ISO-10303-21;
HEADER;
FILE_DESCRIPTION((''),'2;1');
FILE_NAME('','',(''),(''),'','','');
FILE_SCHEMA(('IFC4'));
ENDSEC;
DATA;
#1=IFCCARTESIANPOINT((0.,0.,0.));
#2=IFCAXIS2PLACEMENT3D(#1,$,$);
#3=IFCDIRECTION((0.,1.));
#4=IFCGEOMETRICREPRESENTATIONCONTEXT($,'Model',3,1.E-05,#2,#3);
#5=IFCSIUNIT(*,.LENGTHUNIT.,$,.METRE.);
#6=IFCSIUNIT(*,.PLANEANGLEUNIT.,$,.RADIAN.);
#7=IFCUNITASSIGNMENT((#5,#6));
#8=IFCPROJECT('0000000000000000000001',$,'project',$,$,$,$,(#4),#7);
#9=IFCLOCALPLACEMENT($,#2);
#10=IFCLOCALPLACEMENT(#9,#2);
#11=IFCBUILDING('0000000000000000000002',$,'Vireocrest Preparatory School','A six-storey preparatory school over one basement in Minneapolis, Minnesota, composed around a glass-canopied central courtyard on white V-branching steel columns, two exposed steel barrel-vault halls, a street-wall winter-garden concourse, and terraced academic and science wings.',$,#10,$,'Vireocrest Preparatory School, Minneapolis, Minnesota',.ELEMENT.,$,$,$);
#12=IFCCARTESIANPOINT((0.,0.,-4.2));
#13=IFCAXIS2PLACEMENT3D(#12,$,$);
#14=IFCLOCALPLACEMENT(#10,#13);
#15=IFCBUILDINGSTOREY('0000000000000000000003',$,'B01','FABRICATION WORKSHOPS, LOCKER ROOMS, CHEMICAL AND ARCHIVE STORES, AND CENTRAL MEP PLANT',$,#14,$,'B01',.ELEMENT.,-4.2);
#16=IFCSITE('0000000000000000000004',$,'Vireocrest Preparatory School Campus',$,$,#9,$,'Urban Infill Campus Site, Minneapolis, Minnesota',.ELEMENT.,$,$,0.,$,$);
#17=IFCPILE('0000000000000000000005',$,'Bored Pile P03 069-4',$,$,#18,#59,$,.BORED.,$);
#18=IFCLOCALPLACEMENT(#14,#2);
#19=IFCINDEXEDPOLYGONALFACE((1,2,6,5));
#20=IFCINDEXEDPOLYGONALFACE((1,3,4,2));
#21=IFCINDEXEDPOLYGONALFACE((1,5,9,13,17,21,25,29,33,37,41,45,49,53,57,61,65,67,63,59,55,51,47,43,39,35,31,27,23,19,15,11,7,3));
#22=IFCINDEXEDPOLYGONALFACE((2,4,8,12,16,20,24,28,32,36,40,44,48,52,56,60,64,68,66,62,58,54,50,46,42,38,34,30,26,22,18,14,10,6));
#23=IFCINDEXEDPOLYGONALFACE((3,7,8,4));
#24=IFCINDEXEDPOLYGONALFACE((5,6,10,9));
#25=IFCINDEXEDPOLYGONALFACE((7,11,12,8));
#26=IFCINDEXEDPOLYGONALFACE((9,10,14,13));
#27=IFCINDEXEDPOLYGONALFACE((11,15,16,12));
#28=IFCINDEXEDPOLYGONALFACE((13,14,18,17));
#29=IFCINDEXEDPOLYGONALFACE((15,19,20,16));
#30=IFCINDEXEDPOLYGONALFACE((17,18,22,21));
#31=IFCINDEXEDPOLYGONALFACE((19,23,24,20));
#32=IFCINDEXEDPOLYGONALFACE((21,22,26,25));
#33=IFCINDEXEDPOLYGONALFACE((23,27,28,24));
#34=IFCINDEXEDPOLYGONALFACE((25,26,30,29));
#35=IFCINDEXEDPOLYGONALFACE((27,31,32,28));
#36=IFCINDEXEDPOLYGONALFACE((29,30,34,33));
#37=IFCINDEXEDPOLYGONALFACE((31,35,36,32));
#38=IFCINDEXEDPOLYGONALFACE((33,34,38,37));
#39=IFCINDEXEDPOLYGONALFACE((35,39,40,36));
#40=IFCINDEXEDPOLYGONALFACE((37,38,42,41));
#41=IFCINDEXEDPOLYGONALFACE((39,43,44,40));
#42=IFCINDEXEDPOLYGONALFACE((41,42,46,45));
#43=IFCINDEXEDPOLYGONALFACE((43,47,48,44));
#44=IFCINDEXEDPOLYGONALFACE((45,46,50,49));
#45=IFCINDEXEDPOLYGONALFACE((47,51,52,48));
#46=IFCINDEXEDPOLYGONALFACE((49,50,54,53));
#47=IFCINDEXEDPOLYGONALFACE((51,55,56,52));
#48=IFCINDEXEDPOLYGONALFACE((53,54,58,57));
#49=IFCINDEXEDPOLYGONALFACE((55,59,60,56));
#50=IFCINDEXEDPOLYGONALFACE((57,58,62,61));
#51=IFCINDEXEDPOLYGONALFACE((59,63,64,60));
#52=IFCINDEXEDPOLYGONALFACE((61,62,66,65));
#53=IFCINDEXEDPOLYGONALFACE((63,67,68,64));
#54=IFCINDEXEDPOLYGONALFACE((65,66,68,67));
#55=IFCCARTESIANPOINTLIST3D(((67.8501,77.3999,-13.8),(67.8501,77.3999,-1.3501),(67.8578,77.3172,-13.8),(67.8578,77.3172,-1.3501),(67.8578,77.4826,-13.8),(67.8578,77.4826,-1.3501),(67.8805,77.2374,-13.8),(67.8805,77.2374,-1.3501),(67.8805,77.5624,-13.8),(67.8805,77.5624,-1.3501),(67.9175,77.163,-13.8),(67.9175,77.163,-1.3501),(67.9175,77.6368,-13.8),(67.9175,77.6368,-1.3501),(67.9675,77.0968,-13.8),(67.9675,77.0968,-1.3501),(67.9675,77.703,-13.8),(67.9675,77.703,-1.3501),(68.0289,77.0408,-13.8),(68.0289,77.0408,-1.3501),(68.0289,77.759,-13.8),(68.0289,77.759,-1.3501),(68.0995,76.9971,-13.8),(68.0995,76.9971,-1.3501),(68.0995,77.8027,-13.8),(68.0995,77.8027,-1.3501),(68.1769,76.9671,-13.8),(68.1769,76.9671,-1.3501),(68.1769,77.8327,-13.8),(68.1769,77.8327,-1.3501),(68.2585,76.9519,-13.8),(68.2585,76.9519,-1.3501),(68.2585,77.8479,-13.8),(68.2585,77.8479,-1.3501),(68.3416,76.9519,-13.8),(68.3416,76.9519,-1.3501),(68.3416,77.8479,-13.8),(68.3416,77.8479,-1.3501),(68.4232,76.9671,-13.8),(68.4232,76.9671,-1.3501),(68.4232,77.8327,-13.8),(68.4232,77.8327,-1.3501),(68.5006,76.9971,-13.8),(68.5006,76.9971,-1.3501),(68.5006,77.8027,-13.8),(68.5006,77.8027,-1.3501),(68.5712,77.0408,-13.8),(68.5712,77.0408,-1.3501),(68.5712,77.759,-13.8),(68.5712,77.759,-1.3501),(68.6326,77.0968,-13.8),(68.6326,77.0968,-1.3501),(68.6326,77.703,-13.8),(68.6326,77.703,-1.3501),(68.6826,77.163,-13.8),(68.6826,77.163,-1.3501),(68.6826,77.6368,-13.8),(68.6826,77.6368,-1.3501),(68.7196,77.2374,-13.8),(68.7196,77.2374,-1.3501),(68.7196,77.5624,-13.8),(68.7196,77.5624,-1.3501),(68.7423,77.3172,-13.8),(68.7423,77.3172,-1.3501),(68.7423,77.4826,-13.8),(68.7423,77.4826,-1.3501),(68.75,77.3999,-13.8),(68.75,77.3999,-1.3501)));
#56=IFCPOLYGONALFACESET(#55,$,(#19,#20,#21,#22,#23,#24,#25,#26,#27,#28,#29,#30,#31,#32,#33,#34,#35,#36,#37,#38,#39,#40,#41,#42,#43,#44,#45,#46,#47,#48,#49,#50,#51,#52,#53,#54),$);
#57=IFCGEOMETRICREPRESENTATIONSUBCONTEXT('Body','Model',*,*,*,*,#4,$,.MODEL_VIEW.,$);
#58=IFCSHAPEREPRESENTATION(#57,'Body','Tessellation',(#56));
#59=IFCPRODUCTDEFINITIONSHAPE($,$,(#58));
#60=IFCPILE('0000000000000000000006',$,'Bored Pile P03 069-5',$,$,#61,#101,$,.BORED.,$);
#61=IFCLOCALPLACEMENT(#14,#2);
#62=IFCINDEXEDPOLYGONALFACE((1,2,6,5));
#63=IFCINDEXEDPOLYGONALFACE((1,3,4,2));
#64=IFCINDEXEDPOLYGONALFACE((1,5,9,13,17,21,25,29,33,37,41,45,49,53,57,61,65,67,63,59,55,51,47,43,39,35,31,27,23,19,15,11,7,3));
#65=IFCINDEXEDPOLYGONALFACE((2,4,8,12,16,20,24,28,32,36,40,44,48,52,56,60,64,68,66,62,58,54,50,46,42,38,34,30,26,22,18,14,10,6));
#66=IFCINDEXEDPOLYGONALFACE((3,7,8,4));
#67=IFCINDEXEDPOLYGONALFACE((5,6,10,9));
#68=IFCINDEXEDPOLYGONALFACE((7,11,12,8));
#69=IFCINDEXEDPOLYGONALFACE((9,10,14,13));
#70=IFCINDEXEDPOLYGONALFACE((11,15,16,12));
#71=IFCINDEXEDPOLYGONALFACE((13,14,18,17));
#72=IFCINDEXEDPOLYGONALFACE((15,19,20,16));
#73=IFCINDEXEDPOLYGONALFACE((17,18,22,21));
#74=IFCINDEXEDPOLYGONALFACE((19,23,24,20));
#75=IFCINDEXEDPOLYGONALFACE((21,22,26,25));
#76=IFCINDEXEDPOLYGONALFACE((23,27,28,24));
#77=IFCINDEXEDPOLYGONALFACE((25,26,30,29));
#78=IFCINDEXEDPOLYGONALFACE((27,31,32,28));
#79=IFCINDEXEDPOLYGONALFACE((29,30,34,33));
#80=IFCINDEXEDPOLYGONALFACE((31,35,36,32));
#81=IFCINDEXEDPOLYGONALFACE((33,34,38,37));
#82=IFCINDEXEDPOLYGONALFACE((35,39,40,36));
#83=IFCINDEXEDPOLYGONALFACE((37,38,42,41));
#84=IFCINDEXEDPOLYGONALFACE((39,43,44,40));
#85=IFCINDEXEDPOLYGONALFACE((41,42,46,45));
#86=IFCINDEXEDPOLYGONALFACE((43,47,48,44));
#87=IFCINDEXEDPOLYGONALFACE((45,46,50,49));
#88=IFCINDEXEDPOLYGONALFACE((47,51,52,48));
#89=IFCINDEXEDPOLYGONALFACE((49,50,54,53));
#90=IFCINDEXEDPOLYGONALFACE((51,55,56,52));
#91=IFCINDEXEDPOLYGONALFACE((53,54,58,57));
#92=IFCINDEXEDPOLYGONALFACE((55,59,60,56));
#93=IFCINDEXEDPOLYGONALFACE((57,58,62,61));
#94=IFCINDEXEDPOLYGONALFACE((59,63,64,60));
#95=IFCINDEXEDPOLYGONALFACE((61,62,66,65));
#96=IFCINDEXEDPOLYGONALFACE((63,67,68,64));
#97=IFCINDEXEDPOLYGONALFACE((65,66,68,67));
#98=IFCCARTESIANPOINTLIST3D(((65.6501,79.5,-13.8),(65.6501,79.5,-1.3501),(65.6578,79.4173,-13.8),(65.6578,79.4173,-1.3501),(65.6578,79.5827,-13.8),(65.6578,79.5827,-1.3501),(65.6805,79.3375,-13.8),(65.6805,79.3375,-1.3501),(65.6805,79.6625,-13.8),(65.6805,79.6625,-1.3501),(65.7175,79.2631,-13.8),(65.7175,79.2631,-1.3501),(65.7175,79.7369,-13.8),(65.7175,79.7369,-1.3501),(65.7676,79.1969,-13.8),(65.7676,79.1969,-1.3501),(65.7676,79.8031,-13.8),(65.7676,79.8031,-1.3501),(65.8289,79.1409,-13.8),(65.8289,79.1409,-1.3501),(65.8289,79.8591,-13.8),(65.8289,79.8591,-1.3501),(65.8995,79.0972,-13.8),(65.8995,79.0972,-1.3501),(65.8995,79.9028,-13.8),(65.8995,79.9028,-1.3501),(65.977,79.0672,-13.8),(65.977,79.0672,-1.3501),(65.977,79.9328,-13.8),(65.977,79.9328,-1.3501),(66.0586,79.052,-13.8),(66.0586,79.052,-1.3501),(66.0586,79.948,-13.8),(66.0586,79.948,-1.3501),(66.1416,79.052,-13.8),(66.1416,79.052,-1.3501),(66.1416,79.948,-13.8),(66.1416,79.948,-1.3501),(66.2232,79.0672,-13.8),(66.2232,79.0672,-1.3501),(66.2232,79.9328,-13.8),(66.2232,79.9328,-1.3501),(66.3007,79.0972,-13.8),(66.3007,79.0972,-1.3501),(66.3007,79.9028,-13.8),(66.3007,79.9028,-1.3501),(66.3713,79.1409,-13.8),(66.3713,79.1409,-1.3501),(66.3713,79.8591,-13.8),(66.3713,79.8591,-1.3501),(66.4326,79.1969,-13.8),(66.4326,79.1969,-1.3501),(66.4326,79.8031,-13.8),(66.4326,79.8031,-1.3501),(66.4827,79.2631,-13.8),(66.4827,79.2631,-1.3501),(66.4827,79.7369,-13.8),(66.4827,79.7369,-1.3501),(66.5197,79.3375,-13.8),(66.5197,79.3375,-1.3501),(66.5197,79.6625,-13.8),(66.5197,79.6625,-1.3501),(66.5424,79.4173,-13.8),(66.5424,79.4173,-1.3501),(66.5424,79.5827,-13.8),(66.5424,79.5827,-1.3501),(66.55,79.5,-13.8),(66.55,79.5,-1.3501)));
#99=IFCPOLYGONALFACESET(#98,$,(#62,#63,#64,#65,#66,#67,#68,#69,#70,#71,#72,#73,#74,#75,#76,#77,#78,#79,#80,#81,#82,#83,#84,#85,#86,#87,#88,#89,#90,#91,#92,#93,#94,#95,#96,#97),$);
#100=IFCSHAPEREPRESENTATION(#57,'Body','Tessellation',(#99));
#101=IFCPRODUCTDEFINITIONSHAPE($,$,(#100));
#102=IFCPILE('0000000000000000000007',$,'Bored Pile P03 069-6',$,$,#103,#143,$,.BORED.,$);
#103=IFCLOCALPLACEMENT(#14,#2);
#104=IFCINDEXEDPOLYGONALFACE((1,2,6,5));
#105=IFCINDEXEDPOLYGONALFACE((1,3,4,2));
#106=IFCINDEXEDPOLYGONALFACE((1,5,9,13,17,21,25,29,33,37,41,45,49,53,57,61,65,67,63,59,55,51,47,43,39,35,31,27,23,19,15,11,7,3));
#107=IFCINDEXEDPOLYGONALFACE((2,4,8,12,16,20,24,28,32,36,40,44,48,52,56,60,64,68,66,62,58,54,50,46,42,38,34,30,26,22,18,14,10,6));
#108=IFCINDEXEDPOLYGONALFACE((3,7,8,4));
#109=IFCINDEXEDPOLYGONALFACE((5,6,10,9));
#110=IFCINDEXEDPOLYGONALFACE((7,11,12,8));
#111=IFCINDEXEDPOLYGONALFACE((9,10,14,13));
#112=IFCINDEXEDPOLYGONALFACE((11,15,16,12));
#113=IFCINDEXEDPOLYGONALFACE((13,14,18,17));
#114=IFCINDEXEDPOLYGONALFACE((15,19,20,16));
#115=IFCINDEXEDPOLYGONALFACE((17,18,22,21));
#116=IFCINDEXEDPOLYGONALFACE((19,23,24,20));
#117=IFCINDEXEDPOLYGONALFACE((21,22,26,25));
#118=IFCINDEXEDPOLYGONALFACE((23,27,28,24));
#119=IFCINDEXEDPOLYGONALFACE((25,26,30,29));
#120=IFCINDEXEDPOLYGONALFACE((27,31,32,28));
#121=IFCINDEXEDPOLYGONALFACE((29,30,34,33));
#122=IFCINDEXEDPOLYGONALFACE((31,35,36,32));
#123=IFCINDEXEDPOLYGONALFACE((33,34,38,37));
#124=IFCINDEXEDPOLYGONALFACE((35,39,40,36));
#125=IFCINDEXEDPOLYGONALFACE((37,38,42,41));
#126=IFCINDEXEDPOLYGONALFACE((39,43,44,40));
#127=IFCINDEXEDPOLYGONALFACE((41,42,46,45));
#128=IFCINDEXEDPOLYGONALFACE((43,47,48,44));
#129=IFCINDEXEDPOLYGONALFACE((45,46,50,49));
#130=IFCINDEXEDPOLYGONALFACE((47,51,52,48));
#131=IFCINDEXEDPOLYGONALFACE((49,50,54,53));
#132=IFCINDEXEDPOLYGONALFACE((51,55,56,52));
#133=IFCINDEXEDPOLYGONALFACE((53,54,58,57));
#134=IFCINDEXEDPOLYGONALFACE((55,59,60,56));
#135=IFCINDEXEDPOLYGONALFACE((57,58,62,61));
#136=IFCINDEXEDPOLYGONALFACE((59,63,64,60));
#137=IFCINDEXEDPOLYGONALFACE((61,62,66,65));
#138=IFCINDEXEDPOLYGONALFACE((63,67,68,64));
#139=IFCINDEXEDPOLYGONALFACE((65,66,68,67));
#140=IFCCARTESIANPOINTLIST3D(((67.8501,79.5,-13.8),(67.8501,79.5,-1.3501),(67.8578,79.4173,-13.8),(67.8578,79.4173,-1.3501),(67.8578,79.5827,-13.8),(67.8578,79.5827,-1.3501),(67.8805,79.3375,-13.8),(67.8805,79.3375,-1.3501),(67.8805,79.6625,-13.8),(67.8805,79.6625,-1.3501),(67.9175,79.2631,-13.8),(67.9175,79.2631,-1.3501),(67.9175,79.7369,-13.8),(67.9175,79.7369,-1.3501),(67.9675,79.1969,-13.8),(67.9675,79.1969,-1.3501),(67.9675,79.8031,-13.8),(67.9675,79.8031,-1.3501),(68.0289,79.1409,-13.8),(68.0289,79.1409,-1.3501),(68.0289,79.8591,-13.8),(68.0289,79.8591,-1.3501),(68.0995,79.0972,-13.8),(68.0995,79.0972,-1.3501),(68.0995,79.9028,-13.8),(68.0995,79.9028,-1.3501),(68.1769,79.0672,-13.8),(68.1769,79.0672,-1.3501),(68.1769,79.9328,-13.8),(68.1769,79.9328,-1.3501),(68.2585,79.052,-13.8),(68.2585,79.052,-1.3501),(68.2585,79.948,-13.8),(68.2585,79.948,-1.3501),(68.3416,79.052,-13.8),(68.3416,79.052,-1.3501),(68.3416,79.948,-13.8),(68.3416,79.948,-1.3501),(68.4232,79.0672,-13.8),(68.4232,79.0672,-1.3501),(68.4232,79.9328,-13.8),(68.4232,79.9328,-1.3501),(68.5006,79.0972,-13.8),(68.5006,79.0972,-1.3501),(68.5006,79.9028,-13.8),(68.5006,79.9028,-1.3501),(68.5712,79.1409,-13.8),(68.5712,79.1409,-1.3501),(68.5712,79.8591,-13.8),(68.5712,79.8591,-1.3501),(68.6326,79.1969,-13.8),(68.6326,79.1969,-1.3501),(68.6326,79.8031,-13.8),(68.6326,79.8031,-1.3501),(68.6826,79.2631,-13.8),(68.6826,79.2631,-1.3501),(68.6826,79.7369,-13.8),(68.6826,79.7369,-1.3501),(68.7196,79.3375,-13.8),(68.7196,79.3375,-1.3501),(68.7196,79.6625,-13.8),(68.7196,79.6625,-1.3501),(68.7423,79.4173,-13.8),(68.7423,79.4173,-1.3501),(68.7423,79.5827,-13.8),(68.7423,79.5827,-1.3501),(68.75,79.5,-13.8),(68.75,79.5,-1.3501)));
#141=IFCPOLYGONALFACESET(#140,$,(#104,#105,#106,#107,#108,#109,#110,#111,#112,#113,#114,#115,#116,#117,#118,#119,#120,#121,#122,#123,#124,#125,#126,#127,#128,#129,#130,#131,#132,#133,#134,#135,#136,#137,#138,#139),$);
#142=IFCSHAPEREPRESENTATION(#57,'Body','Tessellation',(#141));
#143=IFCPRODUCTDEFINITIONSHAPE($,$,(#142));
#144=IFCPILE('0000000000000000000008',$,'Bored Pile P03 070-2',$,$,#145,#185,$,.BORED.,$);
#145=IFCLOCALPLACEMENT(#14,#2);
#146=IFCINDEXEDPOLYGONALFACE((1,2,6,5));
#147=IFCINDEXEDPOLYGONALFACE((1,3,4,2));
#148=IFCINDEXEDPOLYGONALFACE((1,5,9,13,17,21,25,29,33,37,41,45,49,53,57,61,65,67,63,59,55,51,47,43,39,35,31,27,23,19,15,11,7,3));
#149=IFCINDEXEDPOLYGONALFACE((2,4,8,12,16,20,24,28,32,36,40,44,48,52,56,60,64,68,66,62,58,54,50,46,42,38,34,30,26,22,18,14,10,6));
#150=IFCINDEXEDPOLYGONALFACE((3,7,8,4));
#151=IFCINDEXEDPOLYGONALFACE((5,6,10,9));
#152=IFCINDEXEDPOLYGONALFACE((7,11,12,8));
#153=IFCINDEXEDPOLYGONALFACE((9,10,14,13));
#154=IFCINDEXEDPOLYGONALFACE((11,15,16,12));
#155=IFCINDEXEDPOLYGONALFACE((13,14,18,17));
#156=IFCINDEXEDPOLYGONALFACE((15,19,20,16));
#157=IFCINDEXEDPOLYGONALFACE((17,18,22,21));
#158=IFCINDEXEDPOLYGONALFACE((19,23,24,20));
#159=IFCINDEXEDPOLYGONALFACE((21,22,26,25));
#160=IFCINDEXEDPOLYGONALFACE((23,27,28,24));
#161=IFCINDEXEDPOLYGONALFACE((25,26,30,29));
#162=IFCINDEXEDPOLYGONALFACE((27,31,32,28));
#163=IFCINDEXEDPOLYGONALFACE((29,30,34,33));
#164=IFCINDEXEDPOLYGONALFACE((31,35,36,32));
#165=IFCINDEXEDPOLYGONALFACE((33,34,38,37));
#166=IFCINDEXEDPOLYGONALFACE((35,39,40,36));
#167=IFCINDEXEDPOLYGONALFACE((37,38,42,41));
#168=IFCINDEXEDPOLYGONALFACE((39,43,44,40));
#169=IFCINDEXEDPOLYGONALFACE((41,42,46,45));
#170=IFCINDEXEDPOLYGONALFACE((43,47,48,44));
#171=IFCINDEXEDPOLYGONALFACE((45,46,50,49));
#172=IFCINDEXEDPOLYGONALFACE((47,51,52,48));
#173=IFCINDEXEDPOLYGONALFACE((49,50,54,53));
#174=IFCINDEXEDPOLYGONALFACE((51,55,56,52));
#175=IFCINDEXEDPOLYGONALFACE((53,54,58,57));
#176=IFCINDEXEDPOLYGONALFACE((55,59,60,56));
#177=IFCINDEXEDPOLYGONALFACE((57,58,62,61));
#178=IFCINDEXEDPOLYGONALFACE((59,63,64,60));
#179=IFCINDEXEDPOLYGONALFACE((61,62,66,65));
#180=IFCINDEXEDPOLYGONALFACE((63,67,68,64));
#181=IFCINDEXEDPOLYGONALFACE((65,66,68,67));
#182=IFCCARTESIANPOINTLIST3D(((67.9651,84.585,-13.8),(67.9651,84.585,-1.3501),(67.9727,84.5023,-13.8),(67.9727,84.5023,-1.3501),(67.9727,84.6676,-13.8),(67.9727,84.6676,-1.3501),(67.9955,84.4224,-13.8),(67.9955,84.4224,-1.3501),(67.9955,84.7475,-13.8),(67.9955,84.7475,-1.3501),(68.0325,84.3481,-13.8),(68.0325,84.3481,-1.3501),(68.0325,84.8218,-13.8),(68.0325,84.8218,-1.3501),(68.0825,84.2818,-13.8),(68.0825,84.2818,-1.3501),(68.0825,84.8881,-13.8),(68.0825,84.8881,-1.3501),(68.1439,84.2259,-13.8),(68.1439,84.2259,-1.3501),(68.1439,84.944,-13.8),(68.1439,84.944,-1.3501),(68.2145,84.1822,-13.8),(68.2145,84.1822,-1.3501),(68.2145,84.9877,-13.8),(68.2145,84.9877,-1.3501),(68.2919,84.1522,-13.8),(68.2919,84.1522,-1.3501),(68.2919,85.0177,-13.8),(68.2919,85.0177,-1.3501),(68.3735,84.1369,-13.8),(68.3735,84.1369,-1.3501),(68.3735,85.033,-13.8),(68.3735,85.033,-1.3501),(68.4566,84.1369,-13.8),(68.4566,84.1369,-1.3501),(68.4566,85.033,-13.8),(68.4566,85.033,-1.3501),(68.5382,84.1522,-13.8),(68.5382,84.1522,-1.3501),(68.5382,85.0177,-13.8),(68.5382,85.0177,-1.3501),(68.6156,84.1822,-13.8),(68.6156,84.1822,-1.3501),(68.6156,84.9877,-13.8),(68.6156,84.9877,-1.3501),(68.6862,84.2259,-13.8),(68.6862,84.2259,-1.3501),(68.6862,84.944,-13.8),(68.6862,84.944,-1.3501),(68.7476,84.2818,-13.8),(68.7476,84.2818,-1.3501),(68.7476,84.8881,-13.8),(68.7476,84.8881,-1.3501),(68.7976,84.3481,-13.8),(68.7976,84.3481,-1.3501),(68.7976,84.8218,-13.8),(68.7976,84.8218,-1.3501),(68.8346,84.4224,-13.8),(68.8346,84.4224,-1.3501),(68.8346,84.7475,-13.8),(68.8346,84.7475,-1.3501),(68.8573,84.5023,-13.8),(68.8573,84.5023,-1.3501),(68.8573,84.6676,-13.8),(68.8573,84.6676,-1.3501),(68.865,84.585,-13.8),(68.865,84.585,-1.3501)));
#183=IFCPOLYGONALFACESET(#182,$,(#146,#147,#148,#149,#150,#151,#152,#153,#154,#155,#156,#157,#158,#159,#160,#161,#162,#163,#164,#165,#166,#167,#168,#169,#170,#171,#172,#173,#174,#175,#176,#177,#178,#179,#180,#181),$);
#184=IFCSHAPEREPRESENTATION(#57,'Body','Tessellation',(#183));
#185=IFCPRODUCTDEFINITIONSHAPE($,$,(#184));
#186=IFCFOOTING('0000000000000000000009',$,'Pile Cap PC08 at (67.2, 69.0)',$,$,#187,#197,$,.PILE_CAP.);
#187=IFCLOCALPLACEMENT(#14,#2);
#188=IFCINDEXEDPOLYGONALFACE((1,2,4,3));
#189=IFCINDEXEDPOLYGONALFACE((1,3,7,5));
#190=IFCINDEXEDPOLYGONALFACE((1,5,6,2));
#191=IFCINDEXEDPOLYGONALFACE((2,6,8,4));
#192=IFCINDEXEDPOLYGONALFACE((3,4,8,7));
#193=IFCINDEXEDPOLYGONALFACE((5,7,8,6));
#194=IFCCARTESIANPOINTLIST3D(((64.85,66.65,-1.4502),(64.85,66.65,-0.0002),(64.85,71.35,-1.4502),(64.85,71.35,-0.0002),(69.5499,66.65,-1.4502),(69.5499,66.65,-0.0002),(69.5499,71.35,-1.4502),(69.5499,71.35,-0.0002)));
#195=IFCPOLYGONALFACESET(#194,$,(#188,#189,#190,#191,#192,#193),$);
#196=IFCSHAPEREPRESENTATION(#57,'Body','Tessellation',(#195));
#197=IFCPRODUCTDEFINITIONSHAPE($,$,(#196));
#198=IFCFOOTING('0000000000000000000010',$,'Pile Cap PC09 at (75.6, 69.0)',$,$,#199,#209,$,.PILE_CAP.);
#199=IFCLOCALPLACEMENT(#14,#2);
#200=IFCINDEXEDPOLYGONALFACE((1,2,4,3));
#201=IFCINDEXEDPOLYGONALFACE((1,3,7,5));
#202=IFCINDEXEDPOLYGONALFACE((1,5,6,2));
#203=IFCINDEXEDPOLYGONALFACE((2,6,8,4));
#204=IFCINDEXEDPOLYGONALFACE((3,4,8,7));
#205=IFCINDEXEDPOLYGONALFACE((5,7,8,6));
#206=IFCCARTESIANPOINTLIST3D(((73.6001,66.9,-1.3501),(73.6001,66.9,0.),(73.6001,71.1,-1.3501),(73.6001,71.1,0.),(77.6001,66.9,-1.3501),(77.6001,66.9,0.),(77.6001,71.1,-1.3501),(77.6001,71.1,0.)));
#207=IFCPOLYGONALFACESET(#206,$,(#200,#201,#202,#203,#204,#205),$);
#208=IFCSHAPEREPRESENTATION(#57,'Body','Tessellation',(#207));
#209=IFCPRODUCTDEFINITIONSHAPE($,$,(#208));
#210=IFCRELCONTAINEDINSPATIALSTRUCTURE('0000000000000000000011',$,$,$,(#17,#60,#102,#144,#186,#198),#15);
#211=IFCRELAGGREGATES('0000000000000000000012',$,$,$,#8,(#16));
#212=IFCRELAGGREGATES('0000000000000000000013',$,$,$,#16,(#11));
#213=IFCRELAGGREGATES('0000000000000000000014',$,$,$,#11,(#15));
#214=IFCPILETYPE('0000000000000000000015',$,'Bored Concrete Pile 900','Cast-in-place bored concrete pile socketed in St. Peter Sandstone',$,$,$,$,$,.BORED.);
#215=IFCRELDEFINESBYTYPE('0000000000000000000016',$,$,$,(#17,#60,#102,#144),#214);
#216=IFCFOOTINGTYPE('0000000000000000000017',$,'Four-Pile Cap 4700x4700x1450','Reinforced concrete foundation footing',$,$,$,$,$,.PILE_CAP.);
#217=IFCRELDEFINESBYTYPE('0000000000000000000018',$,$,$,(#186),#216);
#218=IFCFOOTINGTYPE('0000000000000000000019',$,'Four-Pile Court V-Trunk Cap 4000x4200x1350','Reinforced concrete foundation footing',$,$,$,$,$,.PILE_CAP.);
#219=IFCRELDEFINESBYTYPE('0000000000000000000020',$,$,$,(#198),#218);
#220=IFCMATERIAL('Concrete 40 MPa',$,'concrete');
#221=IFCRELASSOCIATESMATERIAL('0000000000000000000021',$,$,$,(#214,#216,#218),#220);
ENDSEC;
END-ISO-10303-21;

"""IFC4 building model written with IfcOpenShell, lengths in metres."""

from ifc_helpers import new_model, si_unit, direction, frame, origin, origin_2d, place, context, subcontext, project, spatial, rectangle, circle, extrude, material, material_profile, profile_set, type_object, element, save


model = new_model("IFC4")

# Units and contexts
model_context = context("Model", 3, precision=1e-05, world=origin(), true_north=direction((0.0, 1.0)))
body_context = subcontext(model_context, "Body", "Model", "MODEL_VIEW")
ifc_project = project(units=[si_unit("LENGTHUNIT", "METRE"), si_unit("PLANEANGLEUNIT", "RADIAN")], contexts=[model_context])

# Site, building, storey
site_placement = place(None, origin())
site = spatial("IfcSite", under=ifc_project, at=site_placement, Name="Vireocrest Preparatory School Campus", LongName="Urban Infill Campus Site, Minneapolis, Minnesota", CompositionType="ELEMENT", RefElevation=0.0)
building_placement = place(site_placement, origin())
building = spatial("IfcBuilding", under=site, at=building_placement, Name="Vireocrest Preparatory School", Description="A six-storey preparatory school over one basement in Minneapolis, Minnesota, composed around a glass-canopied central courtyard on white V-branching steel columns, two exposed steel barrel-vault halls, a street-wall winter-garden concourse, and terraced academic and science wings.", LongName="Vireocrest Preparatory School, Minneapolis, Minnesota", CompositionType="ELEMENT")
storey_placement = place(building_placement, frame((0.0, 0.0, -4.2)))
storey = spatial("IfcBuildingStorey", under=building, at=storey_placement, Name="B01", Description="FABRICATION WORKSHOPS, LOCKER ROOMS, CHEMICAL AND ARCHIVE STORES, AND CENTRAL MEP PLANT", LongName="B01", CompositionType="ELEMENT", Elevation=-4.2)

# Piles
ifc_material_1 = material(Name="Concrete 40 MPa", Category="concrete")
ifc_material_profile_1 = material_profile(ifc_material_1, circle(Radius=0.45, at=origin_2d()), Name="BORED PILE 900")
ifc_profile_set_1 = profile_set([ifc_material_profile_1], Name="Concrete 40 MPa")
pile_type_1 = type_object("IfcPileType", Name="Bored Concrete Pile 900", Description="Cast-in-place bored concrete pile socketed in St. Peter Sandstone", PredefinedType="BORED", material=ifc_profile_set_1)
for number, where, z_axis, x_axis, name in (
    (1, (68.3, 77.3999, -1.3501), (0.0, 0.0, -1.0), (1.0, 0.0, 0.0), "Bored Pile P03 069-4"),
    (2, (66.1001, 79.5, -1.3501), (0.0, 0.0, -1.0), (1.0, 0.0, 0.0), "Bored Pile P03 069-5"),
    (3, (68.3, 79.5, -1.3501), (0.0, 0.0, -1.0), (1.0, 0.0, 0.0), "Bored Pile P03 069-6"),
    (4, (68.415, 84.585, -1.3501), (0.0, 0.0, -1.0), (1.0, 0.0, 0.0), "Bored Pile P03 070-2"),
):
    element("IfcPile", number, at=place(storey_placement, frame(where, z_axis=z_axis, x_axis=x_axis)), inside=storey, type_object=pile_type_1, Name=name, PredefinedType="BORED", context=body_context, shape_type="SweptSolid", body=[
        extrude(circle(Radius=0.45, at=origin_2d()), origin(), (0.0, 0.0, 1.0), 12.45),
    ])

# Footings
footing_type_1 = type_object("IfcFootingType", Name="Four-Pile Cap 4700x4700x1450", Description="Reinforced concrete foundation footing", PredefinedType="PILE_CAP", material=ifc_material_1)
footing_1_placement = place(storey_placement, frame((67.2, 69.0, -1.4502), z_axis=(0.0, 0.0, 1.0), x_axis=(1.0, 0.0, 0.0)))
element("IfcFooting", 5, at=footing_1_placement, inside=storey, type_object=footing_type_1, Name="Pile Cap PC08 at (67.2, 69.0)", PredefinedType="PILE_CAP", context=body_context, shape_type="SweptSolid", body=[
    extrude(rectangle(XDim=4.7, YDim=4.7, at=origin_2d()), origin(), (0.0, 0.0, 1.0), 1.45),
])
footing_type_2 = type_object("IfcFootingType", Name="Four-Pile Court V-Trunk Cap 4000x4200x1350", Description="Reinforced concrete foundation footing", PredefinedType="PILE_CAP", material=ifc_material_1)
for number, where, z_axis, x_axis, name in (
    (6, (75.6001, 69.0, -1.3501), (0.0, 0.0, 1.0), (1.0, 0.0, 0.0), "Pile Cap PC09 at (75.6, 69.0)"),
):
    element("IfcFooting", number, at=place(storey_placement, frame(where, z_axis=z_axis, x_axis=x_axis)), inside=storey, type_object=footing_type_2, Name=name, PredefinedType="PILE_CAP", context=body_context, shape_type="SweptSolid", body=[
        extrude(rectangle(XDim=4.0, YDim=4.2, at=origin_2d()), origin(), (0.0, 0.0, 1.0), 1.3501),
    ])

save(model, "model.ifc")
